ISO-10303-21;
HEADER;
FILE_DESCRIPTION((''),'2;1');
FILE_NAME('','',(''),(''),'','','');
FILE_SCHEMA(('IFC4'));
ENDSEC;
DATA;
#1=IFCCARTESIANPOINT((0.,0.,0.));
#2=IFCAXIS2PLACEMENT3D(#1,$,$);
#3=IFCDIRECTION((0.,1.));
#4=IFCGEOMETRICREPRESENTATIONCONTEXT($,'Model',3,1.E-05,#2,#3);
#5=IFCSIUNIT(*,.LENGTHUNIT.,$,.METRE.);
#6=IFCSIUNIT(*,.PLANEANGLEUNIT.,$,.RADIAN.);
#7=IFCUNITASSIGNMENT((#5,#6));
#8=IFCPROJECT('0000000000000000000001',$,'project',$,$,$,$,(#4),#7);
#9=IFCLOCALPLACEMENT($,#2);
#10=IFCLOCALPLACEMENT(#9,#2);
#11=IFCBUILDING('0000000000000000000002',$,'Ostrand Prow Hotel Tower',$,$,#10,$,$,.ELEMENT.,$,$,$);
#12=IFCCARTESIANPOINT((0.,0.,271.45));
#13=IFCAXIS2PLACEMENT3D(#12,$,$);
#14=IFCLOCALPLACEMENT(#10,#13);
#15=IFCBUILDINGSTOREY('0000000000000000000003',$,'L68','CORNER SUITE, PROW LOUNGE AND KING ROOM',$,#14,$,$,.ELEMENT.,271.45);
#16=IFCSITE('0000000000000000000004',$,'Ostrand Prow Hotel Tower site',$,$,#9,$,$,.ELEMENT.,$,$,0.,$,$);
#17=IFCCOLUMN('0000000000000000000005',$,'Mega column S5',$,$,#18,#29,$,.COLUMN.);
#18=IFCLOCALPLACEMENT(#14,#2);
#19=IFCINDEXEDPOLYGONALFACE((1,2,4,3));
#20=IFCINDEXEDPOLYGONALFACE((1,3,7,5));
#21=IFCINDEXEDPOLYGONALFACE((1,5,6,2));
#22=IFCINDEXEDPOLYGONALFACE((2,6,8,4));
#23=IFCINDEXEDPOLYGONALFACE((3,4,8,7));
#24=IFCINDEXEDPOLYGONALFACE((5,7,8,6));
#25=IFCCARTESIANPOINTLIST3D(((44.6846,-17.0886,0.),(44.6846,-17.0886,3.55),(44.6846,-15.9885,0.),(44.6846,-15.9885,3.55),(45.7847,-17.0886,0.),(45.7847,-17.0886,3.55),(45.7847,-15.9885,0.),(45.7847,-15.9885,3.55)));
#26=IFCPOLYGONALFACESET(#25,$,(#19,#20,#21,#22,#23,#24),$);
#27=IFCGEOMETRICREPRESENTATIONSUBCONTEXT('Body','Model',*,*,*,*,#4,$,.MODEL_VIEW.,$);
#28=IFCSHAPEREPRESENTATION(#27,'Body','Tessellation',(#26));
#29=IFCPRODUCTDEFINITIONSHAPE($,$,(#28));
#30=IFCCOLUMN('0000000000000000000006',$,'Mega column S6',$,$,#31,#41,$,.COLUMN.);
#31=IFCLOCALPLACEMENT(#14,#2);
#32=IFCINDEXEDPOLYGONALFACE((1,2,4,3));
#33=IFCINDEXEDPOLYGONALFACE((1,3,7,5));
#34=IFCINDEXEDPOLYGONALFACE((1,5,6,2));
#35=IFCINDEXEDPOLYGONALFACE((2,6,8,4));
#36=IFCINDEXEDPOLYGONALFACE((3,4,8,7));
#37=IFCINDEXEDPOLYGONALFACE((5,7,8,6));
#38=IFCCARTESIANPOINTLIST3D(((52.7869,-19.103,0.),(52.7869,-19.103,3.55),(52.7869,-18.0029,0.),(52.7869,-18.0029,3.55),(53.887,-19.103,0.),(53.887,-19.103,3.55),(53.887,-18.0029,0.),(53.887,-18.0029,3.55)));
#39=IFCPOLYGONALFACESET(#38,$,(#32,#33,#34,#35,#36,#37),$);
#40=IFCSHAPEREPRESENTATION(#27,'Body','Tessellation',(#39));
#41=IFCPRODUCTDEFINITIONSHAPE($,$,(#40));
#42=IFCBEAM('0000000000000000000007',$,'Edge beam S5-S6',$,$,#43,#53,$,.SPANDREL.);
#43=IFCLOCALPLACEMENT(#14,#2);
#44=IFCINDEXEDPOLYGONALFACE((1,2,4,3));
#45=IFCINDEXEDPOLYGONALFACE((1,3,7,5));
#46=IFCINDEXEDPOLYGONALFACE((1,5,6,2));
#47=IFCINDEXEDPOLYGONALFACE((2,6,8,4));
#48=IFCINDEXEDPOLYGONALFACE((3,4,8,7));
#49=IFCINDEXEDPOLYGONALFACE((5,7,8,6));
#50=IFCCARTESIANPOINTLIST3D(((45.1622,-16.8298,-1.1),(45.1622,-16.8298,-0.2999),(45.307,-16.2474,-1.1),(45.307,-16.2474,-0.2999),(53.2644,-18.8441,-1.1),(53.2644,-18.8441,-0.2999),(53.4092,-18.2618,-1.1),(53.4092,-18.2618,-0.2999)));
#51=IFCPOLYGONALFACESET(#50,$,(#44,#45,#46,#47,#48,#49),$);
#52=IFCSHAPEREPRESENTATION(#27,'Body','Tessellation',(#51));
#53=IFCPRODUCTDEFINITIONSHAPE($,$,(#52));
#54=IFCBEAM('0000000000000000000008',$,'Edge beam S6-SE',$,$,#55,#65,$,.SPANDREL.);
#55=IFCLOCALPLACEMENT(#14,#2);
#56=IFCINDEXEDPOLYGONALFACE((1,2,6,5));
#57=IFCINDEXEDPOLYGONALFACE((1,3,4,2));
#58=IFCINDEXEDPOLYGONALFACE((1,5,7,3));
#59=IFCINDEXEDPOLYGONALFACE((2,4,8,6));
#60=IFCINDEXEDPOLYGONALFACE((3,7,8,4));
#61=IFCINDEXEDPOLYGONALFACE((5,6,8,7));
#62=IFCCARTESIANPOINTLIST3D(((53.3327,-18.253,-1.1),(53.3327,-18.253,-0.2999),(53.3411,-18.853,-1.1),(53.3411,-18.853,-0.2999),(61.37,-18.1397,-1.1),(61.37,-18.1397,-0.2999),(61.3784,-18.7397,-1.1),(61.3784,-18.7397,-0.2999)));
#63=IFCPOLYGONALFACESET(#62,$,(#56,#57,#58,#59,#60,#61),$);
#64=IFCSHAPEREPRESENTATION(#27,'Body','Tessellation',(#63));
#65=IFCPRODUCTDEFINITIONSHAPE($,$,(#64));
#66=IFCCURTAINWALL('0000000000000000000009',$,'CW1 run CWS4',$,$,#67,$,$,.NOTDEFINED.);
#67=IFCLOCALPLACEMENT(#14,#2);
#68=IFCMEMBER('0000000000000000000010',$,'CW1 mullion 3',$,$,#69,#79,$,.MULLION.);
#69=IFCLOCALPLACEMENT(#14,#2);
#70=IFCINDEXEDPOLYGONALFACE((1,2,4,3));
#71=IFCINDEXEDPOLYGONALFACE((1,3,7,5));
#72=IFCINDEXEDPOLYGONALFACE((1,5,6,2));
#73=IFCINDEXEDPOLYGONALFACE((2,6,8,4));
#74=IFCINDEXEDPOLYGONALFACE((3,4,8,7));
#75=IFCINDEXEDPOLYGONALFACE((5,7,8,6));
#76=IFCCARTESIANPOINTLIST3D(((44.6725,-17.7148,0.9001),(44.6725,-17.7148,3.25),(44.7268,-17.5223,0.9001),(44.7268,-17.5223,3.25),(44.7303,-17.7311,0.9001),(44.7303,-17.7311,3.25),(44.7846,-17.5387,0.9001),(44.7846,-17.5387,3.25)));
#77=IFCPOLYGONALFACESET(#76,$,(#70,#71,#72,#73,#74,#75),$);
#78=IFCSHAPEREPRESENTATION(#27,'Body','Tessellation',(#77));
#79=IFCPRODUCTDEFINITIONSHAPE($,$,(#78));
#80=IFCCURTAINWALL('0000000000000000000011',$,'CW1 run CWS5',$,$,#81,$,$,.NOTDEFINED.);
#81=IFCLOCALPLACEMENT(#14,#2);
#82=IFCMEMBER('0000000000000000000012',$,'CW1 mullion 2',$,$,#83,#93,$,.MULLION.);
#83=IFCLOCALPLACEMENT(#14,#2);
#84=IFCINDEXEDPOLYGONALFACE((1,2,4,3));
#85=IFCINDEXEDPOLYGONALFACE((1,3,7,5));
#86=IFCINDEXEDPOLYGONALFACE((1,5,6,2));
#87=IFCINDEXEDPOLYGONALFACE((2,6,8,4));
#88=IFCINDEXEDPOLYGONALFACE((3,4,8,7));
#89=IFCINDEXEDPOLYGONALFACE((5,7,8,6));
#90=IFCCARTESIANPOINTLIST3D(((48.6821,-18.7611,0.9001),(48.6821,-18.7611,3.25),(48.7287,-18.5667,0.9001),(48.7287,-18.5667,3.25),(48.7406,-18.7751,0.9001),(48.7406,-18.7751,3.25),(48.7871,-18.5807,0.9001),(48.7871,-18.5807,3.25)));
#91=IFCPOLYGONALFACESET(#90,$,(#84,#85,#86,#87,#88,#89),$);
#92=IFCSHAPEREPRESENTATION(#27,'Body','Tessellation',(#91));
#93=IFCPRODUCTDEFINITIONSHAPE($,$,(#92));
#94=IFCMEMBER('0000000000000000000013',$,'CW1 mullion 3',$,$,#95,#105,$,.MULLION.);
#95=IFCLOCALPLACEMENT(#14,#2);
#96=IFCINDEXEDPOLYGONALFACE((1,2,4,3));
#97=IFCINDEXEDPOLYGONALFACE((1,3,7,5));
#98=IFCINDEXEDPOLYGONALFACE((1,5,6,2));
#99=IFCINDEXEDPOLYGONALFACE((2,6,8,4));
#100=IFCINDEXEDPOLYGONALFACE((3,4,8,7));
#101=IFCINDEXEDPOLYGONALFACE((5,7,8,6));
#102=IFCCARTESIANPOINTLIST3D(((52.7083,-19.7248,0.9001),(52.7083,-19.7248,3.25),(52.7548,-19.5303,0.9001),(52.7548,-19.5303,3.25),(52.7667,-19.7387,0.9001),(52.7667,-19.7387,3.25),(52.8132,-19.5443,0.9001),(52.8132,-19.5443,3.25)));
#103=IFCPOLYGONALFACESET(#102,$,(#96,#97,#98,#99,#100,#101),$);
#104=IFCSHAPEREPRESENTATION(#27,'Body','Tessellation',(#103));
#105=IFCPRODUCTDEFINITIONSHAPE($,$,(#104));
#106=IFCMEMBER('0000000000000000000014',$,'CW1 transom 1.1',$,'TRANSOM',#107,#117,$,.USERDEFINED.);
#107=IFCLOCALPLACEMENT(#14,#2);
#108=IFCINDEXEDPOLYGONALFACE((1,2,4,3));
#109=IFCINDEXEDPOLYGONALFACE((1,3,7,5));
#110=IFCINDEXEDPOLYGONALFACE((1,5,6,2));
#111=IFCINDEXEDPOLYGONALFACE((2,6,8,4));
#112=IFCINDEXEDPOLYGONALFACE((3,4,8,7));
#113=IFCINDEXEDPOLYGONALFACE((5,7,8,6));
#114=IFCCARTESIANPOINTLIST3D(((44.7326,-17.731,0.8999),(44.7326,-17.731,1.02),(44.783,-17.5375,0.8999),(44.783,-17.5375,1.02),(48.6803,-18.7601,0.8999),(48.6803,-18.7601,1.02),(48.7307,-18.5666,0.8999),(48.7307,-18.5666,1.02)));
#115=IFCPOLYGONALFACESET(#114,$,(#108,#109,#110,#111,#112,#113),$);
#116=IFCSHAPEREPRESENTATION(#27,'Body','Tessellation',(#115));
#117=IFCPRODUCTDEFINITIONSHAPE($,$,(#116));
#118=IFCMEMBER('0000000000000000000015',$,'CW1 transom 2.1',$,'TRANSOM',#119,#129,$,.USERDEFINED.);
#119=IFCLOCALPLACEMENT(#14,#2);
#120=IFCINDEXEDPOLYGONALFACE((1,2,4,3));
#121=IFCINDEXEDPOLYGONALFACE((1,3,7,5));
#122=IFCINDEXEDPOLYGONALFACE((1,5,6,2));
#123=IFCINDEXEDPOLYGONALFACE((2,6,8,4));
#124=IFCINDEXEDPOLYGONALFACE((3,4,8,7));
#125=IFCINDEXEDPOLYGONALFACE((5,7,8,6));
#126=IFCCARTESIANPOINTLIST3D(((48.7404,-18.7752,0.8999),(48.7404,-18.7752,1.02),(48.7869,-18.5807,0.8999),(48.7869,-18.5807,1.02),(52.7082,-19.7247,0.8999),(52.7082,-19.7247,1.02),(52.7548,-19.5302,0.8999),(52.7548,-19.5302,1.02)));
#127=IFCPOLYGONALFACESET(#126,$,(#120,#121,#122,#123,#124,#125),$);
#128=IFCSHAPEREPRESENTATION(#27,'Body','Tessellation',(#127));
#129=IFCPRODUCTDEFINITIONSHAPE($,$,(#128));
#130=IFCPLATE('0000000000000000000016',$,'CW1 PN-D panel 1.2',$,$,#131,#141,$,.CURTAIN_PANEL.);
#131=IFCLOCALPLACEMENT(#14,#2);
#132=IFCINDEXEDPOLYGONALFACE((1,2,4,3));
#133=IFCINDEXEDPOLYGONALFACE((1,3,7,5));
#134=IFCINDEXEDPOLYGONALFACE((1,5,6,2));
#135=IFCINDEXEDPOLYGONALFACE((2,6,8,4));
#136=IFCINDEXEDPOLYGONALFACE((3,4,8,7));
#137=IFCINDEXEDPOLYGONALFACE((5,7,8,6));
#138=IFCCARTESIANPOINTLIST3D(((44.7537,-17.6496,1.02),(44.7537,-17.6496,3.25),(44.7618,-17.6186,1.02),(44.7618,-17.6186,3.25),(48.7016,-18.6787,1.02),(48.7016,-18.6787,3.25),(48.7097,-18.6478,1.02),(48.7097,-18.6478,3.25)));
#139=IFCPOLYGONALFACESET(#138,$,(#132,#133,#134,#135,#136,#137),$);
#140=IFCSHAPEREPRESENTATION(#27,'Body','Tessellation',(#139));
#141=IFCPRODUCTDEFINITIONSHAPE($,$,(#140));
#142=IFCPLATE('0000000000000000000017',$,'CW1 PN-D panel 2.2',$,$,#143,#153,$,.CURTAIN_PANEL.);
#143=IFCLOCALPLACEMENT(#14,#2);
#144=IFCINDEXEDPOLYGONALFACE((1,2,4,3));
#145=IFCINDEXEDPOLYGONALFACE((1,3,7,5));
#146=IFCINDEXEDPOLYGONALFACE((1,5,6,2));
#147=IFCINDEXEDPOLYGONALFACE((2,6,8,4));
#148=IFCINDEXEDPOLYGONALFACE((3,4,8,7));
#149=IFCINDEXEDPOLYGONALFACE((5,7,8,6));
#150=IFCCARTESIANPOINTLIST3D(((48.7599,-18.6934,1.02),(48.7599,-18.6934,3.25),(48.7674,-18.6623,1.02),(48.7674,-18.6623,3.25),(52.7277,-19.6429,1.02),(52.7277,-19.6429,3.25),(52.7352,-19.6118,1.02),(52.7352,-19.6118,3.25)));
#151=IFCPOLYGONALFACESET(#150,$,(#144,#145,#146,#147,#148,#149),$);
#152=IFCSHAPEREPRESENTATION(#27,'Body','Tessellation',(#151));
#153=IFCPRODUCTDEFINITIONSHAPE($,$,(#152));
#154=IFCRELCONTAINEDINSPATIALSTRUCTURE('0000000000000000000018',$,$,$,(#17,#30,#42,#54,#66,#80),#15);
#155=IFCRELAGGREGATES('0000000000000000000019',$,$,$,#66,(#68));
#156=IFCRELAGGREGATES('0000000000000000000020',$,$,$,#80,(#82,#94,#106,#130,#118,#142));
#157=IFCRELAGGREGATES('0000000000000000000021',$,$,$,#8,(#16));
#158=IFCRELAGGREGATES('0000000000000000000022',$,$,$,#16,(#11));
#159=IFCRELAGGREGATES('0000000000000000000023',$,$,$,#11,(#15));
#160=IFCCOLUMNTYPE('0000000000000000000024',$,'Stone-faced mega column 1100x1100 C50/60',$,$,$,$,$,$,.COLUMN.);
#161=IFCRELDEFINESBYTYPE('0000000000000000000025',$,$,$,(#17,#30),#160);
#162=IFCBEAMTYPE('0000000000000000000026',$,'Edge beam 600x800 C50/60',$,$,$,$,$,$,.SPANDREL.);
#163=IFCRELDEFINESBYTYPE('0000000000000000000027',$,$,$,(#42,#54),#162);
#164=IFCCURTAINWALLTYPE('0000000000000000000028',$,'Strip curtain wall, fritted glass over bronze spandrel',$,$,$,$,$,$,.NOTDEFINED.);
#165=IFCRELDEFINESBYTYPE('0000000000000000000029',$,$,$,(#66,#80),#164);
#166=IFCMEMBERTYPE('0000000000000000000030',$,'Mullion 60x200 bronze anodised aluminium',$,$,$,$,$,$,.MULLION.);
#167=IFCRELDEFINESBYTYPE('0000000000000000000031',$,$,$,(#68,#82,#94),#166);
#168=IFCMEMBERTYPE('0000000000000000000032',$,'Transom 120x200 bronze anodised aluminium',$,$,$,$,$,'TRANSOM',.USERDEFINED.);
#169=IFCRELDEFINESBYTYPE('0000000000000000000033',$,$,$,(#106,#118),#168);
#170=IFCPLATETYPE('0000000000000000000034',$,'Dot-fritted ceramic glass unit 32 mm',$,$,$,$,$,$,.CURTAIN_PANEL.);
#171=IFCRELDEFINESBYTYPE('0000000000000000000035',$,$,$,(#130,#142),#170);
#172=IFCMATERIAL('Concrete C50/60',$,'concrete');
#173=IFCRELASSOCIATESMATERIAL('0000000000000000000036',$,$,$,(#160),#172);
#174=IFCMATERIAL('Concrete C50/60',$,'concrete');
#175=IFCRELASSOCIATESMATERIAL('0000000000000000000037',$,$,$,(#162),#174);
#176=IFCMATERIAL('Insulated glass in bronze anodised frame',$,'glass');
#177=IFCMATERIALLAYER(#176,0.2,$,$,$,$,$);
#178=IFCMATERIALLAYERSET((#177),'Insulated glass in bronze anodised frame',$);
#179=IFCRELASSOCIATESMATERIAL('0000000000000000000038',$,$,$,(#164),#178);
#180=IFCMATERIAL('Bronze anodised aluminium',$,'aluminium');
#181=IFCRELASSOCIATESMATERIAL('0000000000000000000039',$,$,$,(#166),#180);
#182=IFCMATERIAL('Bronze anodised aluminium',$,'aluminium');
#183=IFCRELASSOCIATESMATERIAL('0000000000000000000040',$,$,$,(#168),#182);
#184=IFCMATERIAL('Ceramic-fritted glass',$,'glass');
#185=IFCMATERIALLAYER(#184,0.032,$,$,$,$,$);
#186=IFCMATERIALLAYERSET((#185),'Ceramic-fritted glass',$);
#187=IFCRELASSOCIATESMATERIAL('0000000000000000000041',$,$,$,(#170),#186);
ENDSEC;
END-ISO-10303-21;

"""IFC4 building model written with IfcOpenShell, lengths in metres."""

from ifc_helpers import new_model, si_unit, direction, frame, origin, origin_2d, place, context, subcontext, project, spatial, rectangle, extrude, material, layer, layer_set, material_profile, profile_set, type_object, element, aggregate, save


model = new_model("IFC4")

# Units and contexts
model_context = context("Model", 3, precision=1e-05, world=origin(), true_north=direction((0.0, 1.0)))
body_context = subcontext(model_context, "Body", "Model", "MODEL_VIEW")
ifc_project = project(units=[si_unit("LENGTHUNIT", "METRE"), si_unit("PLANEANGLEUNIT", "RADIAN")], contexts=[model_context])

# Site, building, storey
site_placement = place(None, origin())
site = spatial("IfcSite", under=ifc_project, at=site_placement, Name="Ostrand Prow Hotel Tower site", CompositionType="ELEMENT", RefElevation=0.0)
building_placement = place(site_placement, origin())
building = spatial("IfcBuilding", under=site, at=building_placement, Name="Ostrand Prow Hotel Tower", CompositionType="ELEMENT")
storey_placement = place(building_placement, frame((0.0, 0.0, 271.45)))
storey = spatial("IfcBuildingStorey", under=building, at=storey_placement, Name="L68", Description="CORNER SUITE, PROW LOUNGE AND KING ROOM", CompositionType="ELEMENT", Elevation=271.45)

# Columns
ifc_material_1 = material(Name="Concrete C50/60", Category="concrete")
ifc_material_profile_1 = material_profile(ifc_material_1, rectangle(XDim=1.1001, YDim=1.1001, at=origin_2d()), Name="RC 1100x1100")
ifc_profile_set_1 = profile_set([ifc_material_profile_1], Name="Concrete C50/60")
column_type = type_object("IfcColumnType", Name="Stone-faced mega column 1100x1100 C50/60", PredefinedType="COLUMN", material=ifc_profile_set_1)
for number, where, z_axis, x_axis, name in (
    (1, (45.2346, -16.5386, 0.0), (0.0, 0.0, 1.0), (1.0, 0.0, 0.0), "Mega column S5"),
    (2, (53.3369, -18.553, 0.0), (0.0, 0.0, 1.0), (1.0, 0.0, 0.0), "Mega column S6"),
):
    element("IfcColumn", number, at=place(storey_placement, frame(where, z_axis=z_axis, x_axis=x_axis)), inside=storey, type_object=column_type, Name=name, PredefinedType="COLUMN", context=body_context, shape_type="SweptSolid", body=[
        extrude(rectangle(XDim=1.1001, YDim=1.1001, at=origin_2d()), origin(), (0.0, 0.0, 1.0), 3.55),
    ])

# Beams
ifc_material_2 = material(Name="Concrete C50/60", Category="concrete")
ifc_material_profile_2 = material_profile(ifc_material_2, rectangle(XDim=0.6001, YDim=0.8, at=origin_2d()), Name="RC 600x800")
ifc_profile_set_2 = profile_set([ifc_material_profile_2], Name="Concrete C50/60")
beam_type = type_object("IfcBeamType", Name="Edge beam 600x800 C50/60", PredefinedType="SPANDREL", material=ifc_profile_set_2)
beam_1_placement = place(storey_placement, frame((45.2346, -16.5386, -0.7), z_axis=(0.970456, -0.241276, 0.0), x_axis=(0.241276, 0.970456, 0.0)))
element("IfcBeam", 3, at=beam_1_placement, inside=storey, type_object=beam_type, Name="Edge beam S5-S6", PredefinedType="SPANDREL", context=body_context, shape_type="SweptSolid", body=[
    extrude(rectangle(XDim=0.6001, YDim=0.8, at=origin_2d()), origin(), (0.0, 0.0, 1.0), 8.3489),
])
beam_2_placement = place(storey_placement, frame((53.3369, -18.553, -0.7), z_axis=(0.999901, 0.014093, 0.0), x_axis=(-0.014093, 0.999901, 0.0)))
element("IfcBeam", 4, at=beam_2_placement, inside=storey, type_object=beam_type, Name="Edge beam S6-SE", PredefinedType="SPANDREL", context=body_context, shape_type="SweptSolid", body=[
    extrude(rectangle(XDim=0.6001, YDim=0.8, at=origin_2d()), origin(), (0.0, 0.0, 1.0), 8.0381),
])

# Curtain wall, member
ifc_material_3 = material(Name="Insulated glass in bronze anodised frame", Category="glass")
ifc_layer_1 = layer(ifc_material_3, 0.2)
ifc_layer_set_1 = layer_set([ifc_layer_1], Name="Insulated glass in bronze anodised frame")
curtain_wall_type = type_object("IfcCurtainWallType", Name="Strip curtain wall, fritted glass over bronze spandrel", PredefinedType="NOTDEFINED", material=ifc_layer_set_1)
curtain_wall_1_placement = place(storey_placement, origin())
curtain_wall_1 = element("IfcCurtainWall", 5, at=curtain_wall_1_placement, inside=storey, type_object=curtain_wall_type, Name="CW1 run CWS4", PredefinedType="NOTDEFINED")
ifc_material_4 = material(Name="Bronze anodised aluminium", Category="aluminium")
ifc_material_profile_3 = material_profile(ifc_material_4, rectangle(XDim=0.2, YDim=0.0601, at=origin_2d()), Name="Mullion 60x200 bronze anodised aluminium")
ifc_profile_set_3 = profile_set([ifc_material_profile_3], Name="Bronze anodised aluminium")
member_type_1 = type_object("IfcMemberType", Name="Mullion 60x200 bronze anodised aluminium", PredefinedType="MULLION", material=ifc_profile_set_3)
member_1_placement = place(storey_placement, frame((44.7285, -17.6267, 0.9001), z_axis=(0.0, 0.0, 1.0), x_axis=(0.271649, 0.962396, 0.0)))
member_1 = element("IfcMember", 6, at=member_1_placement, type_object=member_type_1, Name="CW1 mullion 3", PredefinedType="MULLION", context=body_context, shape_type="SweptSolid", body=[
    extrude(rectangle(XDim=0.2, YDim=0.0601, at=origin_2d()), origin(), (0.0, 0.0, 1.0), 2.3499),
])
aggregate(curtain_wall_1, [member_1])

# Curtain wall, members, plates
curtain_wall_2_placement = place(storey_placement, origin())
curtain_wall_2 = element("IfcCurtainWall", 7, at=curtain_wall_2_placement, inside=storey, type_object=curtain_wall_type, Name="CW1 run CWS5", PredefinedType="NOTDEFINED")
member_2_placement = place(storey_placement, frame((48.7346, -18.6709, 0.9001), z_axis=(0.0, 0.0, 1.0), x_axis=(0.232746, 0.972538, 0.0)))
member_2 = element("IfcMember", 8, at=member_2_placement, type_object=member_type_1, Name="CW1 mullion 2", PredefinedType="MULLION", context=body_context, shape_type="SweptSolid", body=[
    extrude(rectangle(XDim=0.2, YDim=0.0601, at=origin_2d()), origin(), (0.0, 0.0, 1.0), 2.3499),
])
member_3_placement = place(storey_placement, frame((52.7607, -19.6345, 0.9001), z_axis=(0.0, 0.0, 1.0), x_axis=(0.232746, 0.972538, 0.0)))
member_3 = element("IfcMember", 9, at=member_3_placement, type_object=member_type_1, Name="CW1 mullion 3", PredefinedType="MULLION", context=body_context, shape_type="SweptSolid", body=[
    extrude(rectangle(XDim=0.2, YDim=0.0601, at=origin_2d()), origin(), (0.0, 0.0, 1.0), 2.3499),
])
ifc_material_5 = material(Name="Bronze anodised aluminium", Category="aluminium")
ifc_material_profile_4 = material_profile(ifc_material_5, rectangle(XDim=0.2, YDim=0.1201, at=origin_2d()), Name="Transom 120x200 bronze anodised aluminium")
ifc_profile_set_4 = profile_set([ifc_material_profile_4], Name="Bronze anodised aluminium")
member_type_2 = type_object("IfcMemberType", Name="Transom 120x200 bronze anodised aluminium", ElementType="TRANSOM", PredefinedType="USERDEFINED", material=ifc_profile_set_4)
member_4_placement = place(storey_placement, frame((44.7578, -17.6343, 0.96), z_axis=(0.967665, -0.252239, 0.0), x_axis=(0.252239, 0.967665, 0.0)))
member_4 = element("IfcMember", 10, at=member_4_placement, type_object=member_type_2, Name="CW1 transom 1.1", ObjectType="TRANSOM", PredefinedType="USERDEFINED", context=body_context, shape_type="SweptSolid", body=[
    extrude(rectangle(XDim=0.2, YDim=0.1201, at=origin_2d()), origin(), (0.0, 0.0, 1.0), 4.0796),
])
member_5_placement = place(storey_placement, frame((48.7637, -18.678, 0.96), z_axis=(0.972543, -0.232723, 0.0), x_axis=(0.232723, 0.972543, 0.0)))
member_5 = element("IfcMember", 11, at=member_5_placement, type_object=member_type_2, Name="CW1 transom 2.1", ObjectType="TRANSOM", PredefinedType="USERDEFINED", context=body_context, shape_type="SweptSolid", body=[
    extrude(rectangle(XDim=0.2, YDim=0.1201, at=origin_2d()), origin(), (0.0, 0.0, 1.0), 4.0798),
])
ifc_material_6 = material(Name="Ceramic-fritted glass", Category="glass")
ifc_layer_2 = layer(ifc_material_6, 0.032)
ifc_layer_set_2 = layer_set([ifc_layer_2], Name="Ceramic-fritted glass")
plate_type = type_object("IfcPlateType", Name="Dot-fritted ceramic glass unit 32 mm", PredefinedType="CURTAIN_PANEL", material=ifc_layer_set_2)
plate_1_placement = place(storey_placement, frame((46.7317, -18.1487, 1.02), z_axis=(0.0, 0.0, 1.0), x_axis=(0.967663, -0.252248, 0.0)))
plate_1 = element("IfcPlate", 12, at=plate_1_placement, type_object=plate_type, Name="CW1 PN-D panel 1.2", PredefinedType="CURTAIN_PANEL", context=body_context, shape_type="SweptSolid", body=[
    extrude(rectangle(XDim=4.0798, YDim=0.032, at=origin_2d()), origin(), (0.0, 0.0, 1.0), 2.23),
])
plate_2_placement = place(storey_placement, frame((50.7476, -19.1526, 1.02), z_axis=(0.0, 0.0, 1.0), x_axis=(0.972538, -0.232746, 0.0)))
plate_2 = element("IfcPlate", 13, at=plate_2_placement, type_object=plate_type, Name="CW1 PN-D panel 2.2", PredefinedType="CURTAIN_PANEL", context=body_context, shape_type="SweptSolid", body=[
    extrude(rectangle(XDim=4.0798, YDim=0.032, at=origin_2d()), origin(), (0.0, 0.0, 1.0), 2.23),
])
aggregate(curtain_wall_2, [member_2, member_3, member_4, plate_1, member_5, plate_2])

save(model, "model.ifc")
